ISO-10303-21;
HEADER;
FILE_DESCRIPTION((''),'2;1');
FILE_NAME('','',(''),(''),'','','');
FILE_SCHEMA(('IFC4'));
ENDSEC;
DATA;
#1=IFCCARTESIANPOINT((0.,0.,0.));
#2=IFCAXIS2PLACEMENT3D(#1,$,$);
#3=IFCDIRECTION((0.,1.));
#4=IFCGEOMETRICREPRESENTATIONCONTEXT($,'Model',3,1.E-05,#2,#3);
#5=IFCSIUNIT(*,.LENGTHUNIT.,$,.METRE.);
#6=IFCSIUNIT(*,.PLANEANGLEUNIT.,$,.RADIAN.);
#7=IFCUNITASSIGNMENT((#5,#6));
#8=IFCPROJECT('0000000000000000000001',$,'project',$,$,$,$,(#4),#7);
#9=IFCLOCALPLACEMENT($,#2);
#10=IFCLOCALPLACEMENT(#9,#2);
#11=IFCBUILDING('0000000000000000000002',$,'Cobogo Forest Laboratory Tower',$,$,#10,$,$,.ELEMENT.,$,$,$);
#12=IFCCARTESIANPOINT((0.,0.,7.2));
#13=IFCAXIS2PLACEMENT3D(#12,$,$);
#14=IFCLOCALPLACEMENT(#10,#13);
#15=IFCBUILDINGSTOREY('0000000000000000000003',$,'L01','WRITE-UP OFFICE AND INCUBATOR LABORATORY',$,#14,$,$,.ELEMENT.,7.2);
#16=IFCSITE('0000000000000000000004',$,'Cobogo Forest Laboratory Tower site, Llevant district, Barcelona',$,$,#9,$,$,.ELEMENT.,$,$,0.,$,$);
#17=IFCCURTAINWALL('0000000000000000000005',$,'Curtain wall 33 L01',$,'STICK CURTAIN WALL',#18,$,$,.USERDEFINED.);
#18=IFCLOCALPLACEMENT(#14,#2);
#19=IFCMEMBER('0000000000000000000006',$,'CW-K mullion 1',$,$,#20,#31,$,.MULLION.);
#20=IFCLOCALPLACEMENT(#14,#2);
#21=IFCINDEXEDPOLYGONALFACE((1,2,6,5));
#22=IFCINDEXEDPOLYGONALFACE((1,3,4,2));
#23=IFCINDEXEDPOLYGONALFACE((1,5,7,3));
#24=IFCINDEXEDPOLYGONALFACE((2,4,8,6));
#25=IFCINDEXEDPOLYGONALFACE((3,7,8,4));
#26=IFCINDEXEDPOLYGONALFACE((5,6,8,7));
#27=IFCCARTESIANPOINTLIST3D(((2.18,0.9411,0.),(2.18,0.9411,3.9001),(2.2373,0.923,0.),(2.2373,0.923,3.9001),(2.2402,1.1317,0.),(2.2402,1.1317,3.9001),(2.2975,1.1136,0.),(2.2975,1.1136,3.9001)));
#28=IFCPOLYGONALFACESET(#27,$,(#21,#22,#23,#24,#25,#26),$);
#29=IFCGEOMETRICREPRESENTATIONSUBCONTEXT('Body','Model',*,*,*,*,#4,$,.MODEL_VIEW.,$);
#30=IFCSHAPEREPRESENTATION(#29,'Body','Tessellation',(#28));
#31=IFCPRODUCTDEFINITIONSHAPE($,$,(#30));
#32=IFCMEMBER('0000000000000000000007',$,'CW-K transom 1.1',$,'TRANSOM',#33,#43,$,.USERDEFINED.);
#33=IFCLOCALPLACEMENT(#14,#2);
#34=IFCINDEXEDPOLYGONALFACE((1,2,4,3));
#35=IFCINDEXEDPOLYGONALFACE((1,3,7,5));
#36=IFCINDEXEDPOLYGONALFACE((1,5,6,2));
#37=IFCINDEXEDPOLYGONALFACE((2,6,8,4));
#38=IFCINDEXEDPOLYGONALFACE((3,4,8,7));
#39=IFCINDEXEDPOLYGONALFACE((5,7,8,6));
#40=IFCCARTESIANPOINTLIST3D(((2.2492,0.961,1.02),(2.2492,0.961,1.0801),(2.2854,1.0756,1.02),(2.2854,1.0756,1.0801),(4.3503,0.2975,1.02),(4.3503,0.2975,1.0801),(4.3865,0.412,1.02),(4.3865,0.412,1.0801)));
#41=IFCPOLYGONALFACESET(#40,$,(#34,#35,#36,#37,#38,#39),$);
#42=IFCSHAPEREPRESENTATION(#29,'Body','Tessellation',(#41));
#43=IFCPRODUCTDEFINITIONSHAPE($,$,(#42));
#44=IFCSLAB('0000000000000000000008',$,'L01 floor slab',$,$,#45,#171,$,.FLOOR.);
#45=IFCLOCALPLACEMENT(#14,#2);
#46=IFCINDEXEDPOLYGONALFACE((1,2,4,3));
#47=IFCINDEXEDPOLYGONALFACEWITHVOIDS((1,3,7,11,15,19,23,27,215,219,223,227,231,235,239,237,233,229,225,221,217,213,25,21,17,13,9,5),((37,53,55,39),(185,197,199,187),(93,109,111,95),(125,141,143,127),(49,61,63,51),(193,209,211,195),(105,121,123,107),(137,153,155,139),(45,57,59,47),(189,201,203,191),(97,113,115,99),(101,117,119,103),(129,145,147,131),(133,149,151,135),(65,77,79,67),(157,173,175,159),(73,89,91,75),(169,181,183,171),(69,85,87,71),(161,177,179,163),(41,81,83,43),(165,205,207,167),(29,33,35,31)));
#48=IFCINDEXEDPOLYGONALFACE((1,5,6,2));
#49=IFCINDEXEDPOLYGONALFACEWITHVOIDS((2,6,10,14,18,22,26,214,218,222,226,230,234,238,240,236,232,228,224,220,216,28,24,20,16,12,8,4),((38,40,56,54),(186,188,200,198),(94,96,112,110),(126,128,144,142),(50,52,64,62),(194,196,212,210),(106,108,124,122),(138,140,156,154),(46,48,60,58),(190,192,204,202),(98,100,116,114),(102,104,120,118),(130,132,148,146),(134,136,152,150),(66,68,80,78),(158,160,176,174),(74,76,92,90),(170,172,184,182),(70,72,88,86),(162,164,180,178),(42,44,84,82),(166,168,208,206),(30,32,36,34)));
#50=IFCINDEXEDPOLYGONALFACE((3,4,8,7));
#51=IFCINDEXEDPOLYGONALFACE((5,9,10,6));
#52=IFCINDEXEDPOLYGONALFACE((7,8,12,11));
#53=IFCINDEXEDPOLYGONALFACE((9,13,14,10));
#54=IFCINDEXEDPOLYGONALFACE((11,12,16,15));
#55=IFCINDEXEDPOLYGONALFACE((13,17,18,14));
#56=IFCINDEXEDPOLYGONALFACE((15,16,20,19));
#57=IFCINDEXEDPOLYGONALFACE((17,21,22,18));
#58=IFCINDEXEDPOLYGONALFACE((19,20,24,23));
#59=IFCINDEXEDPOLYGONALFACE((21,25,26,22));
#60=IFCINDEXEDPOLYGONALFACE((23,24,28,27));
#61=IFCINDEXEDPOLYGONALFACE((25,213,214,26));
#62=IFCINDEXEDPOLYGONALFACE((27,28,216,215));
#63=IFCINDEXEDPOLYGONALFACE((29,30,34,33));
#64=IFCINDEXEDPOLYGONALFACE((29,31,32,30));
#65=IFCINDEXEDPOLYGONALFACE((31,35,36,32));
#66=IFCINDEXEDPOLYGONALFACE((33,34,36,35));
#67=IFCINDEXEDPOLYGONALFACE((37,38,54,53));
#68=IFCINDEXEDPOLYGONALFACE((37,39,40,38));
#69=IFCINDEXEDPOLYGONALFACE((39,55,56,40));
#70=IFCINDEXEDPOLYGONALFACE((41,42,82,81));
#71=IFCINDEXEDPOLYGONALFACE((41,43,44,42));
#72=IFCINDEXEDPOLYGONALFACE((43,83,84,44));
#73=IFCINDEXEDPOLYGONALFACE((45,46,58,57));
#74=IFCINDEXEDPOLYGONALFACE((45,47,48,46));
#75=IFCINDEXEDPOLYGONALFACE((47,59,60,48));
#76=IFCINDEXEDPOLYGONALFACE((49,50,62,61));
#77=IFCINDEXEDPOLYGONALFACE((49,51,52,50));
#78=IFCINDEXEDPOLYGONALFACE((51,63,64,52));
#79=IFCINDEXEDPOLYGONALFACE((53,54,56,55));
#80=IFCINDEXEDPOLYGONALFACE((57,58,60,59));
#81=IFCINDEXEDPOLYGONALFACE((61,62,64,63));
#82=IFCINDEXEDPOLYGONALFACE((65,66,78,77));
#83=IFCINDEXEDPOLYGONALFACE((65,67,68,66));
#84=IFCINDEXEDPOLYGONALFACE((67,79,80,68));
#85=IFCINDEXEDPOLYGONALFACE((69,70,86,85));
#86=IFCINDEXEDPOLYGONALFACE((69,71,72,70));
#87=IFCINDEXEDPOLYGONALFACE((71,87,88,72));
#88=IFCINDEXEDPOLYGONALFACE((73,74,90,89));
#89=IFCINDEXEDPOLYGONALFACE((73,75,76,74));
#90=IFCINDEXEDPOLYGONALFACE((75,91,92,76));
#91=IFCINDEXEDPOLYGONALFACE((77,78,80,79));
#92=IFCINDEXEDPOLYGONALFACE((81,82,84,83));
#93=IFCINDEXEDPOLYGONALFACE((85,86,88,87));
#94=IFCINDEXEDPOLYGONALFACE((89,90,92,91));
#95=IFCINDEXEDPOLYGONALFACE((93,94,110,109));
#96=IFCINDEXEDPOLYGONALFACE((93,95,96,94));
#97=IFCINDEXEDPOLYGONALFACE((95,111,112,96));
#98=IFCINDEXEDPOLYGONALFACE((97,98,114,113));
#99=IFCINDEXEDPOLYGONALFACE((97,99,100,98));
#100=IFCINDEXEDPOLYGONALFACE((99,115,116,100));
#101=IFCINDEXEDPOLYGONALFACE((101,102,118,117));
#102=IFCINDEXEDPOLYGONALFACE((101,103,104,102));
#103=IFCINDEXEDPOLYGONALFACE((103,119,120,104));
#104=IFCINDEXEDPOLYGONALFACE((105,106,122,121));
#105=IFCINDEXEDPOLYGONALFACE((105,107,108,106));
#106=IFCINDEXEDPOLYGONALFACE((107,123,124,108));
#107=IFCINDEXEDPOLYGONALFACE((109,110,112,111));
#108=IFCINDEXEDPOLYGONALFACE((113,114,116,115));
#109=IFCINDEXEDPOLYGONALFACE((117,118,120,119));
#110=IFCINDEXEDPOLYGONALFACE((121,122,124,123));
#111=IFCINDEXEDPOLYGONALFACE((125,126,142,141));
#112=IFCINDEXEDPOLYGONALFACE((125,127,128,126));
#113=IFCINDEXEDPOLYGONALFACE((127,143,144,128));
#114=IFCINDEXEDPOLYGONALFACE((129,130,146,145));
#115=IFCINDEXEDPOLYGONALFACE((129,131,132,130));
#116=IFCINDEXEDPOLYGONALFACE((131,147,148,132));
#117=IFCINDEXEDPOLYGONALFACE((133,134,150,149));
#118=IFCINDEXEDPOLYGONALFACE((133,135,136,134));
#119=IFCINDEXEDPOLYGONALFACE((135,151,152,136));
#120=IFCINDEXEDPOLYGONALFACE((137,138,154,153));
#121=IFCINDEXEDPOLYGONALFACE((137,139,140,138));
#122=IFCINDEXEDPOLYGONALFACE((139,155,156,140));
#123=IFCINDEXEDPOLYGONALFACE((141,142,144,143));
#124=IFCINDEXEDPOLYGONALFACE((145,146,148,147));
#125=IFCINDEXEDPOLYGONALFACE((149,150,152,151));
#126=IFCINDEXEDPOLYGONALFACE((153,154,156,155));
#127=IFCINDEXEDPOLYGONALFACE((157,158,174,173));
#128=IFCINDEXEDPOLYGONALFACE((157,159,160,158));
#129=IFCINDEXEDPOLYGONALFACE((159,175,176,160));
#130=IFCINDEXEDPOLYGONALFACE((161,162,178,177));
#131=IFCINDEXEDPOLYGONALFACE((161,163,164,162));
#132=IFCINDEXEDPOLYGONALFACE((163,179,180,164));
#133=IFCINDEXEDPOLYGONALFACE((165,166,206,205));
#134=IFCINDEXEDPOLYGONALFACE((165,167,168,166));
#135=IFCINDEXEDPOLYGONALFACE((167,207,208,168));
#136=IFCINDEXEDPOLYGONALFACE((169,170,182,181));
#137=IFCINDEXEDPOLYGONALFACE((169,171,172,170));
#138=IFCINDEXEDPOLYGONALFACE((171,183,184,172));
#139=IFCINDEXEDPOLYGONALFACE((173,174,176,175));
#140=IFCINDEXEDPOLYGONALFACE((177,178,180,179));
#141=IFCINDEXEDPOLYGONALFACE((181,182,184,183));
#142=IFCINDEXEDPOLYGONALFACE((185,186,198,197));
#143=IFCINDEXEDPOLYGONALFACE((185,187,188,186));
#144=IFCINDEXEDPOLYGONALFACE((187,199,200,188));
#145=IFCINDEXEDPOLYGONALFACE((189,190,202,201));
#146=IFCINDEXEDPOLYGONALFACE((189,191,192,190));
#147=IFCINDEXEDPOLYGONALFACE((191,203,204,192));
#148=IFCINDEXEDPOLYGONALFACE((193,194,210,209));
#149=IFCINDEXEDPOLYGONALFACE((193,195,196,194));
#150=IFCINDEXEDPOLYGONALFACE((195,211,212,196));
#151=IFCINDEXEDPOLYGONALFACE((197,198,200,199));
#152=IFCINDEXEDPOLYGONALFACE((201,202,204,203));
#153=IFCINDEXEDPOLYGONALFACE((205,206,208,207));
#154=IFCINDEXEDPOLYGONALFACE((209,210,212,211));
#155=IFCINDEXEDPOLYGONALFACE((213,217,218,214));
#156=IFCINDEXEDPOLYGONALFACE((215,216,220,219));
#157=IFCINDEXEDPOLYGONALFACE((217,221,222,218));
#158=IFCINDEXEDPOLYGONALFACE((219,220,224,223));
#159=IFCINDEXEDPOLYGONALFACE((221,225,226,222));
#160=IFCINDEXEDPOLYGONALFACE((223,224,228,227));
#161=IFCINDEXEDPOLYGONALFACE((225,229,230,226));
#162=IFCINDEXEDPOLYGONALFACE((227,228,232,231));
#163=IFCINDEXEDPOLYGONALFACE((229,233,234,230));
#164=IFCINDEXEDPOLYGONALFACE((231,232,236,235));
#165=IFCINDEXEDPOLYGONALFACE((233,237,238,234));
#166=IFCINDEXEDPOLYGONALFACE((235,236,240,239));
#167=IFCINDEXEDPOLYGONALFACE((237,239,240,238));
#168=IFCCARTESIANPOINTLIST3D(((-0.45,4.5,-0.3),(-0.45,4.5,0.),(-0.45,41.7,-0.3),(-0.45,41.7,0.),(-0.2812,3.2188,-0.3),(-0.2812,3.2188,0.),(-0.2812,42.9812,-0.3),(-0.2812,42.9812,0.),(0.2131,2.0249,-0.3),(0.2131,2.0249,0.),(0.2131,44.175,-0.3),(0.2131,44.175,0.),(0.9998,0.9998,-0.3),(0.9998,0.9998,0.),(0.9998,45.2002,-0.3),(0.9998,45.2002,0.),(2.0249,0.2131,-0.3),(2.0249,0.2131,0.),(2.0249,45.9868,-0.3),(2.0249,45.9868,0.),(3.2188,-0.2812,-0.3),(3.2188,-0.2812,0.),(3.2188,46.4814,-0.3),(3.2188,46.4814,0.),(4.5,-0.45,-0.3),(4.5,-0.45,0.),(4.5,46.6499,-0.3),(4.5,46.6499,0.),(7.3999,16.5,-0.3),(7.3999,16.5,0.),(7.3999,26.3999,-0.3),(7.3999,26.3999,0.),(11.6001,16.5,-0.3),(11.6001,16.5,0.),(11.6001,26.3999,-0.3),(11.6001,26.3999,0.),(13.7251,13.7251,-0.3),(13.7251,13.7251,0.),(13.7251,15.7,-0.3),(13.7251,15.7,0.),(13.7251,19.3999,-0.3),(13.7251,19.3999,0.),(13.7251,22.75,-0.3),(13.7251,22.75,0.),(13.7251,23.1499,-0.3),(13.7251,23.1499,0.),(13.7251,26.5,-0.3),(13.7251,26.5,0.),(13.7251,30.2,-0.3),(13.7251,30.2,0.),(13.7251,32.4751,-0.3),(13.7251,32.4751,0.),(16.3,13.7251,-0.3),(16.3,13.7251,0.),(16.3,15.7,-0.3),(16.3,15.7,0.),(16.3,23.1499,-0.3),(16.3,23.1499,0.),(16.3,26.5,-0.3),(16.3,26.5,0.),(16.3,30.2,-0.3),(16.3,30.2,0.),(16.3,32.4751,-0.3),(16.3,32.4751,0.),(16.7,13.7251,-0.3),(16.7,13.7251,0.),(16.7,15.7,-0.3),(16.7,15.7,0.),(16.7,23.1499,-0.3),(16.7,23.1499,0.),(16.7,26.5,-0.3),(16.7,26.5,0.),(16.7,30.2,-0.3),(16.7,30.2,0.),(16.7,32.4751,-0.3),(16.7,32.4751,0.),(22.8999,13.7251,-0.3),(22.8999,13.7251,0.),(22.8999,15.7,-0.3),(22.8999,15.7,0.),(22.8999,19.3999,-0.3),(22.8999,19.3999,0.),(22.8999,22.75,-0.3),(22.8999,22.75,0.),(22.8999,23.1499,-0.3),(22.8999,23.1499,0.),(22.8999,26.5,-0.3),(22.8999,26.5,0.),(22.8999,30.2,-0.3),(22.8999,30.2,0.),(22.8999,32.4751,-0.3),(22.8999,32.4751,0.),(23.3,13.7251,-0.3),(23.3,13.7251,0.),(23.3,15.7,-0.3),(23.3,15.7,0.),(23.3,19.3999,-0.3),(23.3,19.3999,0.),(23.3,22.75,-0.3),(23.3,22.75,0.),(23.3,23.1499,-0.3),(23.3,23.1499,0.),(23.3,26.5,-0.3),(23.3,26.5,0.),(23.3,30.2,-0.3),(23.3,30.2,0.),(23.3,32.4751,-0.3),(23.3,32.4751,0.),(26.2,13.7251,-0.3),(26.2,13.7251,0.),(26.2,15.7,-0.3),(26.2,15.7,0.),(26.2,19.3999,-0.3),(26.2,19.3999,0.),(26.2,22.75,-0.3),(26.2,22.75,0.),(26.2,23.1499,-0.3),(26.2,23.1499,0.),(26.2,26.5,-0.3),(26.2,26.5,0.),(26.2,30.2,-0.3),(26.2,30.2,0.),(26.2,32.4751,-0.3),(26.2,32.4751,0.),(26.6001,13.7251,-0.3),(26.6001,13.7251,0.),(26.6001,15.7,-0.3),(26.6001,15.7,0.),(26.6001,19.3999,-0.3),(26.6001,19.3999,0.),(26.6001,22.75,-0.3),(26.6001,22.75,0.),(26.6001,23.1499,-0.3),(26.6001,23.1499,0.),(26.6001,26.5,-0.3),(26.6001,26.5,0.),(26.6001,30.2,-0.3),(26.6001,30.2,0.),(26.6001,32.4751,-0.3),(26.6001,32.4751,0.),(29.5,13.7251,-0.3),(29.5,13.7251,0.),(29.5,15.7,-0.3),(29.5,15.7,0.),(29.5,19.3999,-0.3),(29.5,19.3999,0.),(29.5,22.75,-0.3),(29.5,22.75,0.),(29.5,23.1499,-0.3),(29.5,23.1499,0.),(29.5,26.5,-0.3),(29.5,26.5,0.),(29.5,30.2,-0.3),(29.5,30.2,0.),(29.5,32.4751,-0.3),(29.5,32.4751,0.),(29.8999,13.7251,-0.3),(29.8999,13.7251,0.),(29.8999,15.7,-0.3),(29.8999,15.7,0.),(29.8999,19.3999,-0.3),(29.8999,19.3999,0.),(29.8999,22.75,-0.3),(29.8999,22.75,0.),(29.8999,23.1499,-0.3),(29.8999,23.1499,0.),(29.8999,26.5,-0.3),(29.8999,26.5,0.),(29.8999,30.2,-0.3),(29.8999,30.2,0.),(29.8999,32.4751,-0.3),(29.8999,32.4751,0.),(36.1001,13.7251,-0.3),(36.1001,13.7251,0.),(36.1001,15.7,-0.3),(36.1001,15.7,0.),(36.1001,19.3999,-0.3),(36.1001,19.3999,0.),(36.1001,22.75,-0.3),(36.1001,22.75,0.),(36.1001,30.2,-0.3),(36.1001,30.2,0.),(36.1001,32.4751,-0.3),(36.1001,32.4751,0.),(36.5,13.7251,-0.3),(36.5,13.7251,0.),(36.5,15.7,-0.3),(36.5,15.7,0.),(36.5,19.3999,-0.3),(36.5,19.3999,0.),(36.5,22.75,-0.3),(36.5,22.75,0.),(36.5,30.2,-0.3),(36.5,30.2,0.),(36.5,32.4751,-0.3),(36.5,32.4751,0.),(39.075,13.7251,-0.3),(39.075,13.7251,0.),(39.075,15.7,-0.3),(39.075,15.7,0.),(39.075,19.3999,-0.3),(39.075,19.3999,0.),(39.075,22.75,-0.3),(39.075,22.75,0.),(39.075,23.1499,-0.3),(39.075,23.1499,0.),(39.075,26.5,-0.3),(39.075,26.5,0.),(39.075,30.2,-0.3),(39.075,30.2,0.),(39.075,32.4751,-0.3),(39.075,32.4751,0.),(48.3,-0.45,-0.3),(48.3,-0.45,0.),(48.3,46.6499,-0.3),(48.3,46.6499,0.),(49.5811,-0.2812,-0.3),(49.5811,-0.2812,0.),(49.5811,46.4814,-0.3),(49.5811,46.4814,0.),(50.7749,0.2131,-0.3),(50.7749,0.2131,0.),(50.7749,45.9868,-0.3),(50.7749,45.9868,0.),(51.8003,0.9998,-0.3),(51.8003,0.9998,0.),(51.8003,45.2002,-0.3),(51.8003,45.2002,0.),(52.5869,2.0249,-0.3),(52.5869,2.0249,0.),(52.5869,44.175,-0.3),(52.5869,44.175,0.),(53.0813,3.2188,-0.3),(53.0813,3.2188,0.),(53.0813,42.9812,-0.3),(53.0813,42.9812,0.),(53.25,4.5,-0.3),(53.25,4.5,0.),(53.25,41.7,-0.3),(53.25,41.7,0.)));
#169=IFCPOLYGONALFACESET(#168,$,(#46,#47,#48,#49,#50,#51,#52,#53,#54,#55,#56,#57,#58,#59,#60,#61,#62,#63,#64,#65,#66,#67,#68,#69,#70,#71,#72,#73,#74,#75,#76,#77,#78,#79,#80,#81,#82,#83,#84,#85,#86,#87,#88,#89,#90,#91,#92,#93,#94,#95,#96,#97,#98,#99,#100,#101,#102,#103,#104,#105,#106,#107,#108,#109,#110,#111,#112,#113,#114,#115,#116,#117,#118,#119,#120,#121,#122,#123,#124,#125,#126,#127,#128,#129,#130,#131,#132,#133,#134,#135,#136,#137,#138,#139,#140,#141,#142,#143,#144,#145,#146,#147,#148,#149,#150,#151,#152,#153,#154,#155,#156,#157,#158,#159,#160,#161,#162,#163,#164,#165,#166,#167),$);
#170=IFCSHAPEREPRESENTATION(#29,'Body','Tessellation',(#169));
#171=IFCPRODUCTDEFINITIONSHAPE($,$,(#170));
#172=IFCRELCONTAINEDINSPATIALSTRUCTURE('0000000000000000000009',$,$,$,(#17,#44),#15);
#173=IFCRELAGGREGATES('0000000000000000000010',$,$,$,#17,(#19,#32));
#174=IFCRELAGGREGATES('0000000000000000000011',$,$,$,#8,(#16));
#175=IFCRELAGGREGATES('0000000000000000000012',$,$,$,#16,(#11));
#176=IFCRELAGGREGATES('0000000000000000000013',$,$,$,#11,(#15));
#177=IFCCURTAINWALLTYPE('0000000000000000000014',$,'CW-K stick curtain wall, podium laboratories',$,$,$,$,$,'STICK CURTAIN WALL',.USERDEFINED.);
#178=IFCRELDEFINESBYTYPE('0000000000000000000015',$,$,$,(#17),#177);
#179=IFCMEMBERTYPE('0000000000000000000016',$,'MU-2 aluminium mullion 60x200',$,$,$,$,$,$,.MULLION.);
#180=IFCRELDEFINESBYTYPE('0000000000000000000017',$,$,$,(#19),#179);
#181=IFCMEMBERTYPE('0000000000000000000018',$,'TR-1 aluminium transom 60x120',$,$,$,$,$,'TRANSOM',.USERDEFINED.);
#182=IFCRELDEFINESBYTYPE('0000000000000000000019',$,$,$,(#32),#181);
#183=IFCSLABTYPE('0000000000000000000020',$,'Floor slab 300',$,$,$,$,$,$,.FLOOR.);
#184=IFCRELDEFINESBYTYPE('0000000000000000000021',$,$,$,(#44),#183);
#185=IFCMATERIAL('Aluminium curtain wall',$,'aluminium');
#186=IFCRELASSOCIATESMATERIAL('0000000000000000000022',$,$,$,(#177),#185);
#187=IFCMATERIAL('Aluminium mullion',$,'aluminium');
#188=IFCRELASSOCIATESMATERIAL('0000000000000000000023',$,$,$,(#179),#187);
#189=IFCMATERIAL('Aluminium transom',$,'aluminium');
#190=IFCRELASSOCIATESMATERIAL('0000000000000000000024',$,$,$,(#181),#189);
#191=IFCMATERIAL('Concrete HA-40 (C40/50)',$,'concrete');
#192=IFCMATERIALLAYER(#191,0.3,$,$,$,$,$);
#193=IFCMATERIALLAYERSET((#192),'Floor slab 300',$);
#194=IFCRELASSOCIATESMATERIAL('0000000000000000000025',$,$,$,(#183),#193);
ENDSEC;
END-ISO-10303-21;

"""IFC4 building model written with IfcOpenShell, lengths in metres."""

from ifc_helpers import new_model, si_unit, direction, frame, origin, origin_2d, place, context, subcontext, project, spatial, polyline, rectangle, outline, extrude, material, layer, layer_set, material_profile, profile_set, type_object, element, aggregate, save


model = new_model("IFC4")

# Units and contexts
model_context = context("Model", 3, precision=1e-05, world=origin(), true_north=direction((0.0, 1.0)))
body_context = subcontext(model_context, "Body", "Model", "MODEL_VIEW")
ifc_project = project(units=[si_unit("LENGTHUNIT", "METRE"), si_unit("PLANEANGLEUNIT", "RADIAN")], contexts=[model_context])

# Site, building, storey
site_placement = place(None, origin())
site = spatial("IfcSite", under=ifc_project, at=site_placement, Name="Cobogo Forest Laboratory Tower site, Llevant district, Barcelona", CompositionType="ELEMENT", RefElevation=0.0)
building_placement = place(site_placement, origin())
building = spatial("IfcBuilding", under=site, at=building_placement, Name="Cobogo Forest Laboratory Tower", CompositionType="ELEMENT")
storey_placement = place(building_placement, frame((0.0, 0.0, 7.2)))
storey = spatial("IfcBuildingStorey", under=building, at=storey_placement, Name="L01", Description="WRITE-UP OFFICE AND INCUBATOR LABORATORY", CompositionType="ELEMENT", Elevation=7.2)

# Curtain wall, members
ifc_material_1 = material(Name="Aluminium curtain wall", Category="aluminium")
curtain_wall_type = type_object("IfcCurtainWallType", Name="CW-K stick curtain wall, podium laboratories", ElementType="STICK CURTAIN WALL", PredefinedType="USERDEFINED", material=ifc_material_1)
curtain_wall_placement = place(storey_placement, origin())
curtain_wall = element("IfcCurtainWall", 1, at=curtain_wall_placement, inside=storey, type_object=curtain_wall_type, Name="Curtain wall 33 L01", ObjectType="STICK CURTAIN WALL", PredefinedType="USERDEFINED")
ifc_material_2 = material(Name="Aluminium mullion", Category="aluminium")
ifc_material_profile_1 = material_profile(ifc_material_2, rectangle(XDim=0.0601, YDim=0.2, at=origin_2d()), Name="AL 60x200")
ifc_profile_set_1 = profile_set([ifc_material_profile_1], Name="Aluminium mullion")
member_type_1 = type_object("IfcMemberType", Name="MU-2 aluminium mullion 60x200", PredefinedType="MULLION", material=ifc_profile_set_1)
member_1_placement = place(storey_placement, frame((2.2388, 1.0273, 0.0), z_axis=(0.0, 0.0, 1.0), x_axis=(0.953581, -0.301135, 0.0)))
member_1 = element("IfcMember", 2, at=member_1_placement, type_object=member_type_1, Name="CW-K mullion 1", PredefinedType="MULLION", context=body_context, shape_type="SweptSolid", body=[
    extrude(rectangle(XDim=0.0601, YDim=0.2, at=origin_2d()), origin(), (0.0, 0.0, 1.0), 3.9001),
])
ifc_material_3 = material(Name="Aluminium transom", Category="aluminium")
ifc_material_profile_2 = material_profile(ifc_material_3, rectangle(XDim=0.1201, YDim=0.0601, at=origin_2d()), Name="AL 60x120")
ifc_profile_set_2 = profile_set([ifc_material_profile_2], Name="Aluminium transom")
member_type_2 = type_object("IfcMemberType", Name="TR-1 aluminium transom 60x120", ElementType="TRANSOM", PredefinedType="USERDEFINED", material=ifc_profile_set_2)
member_2_placement = place(storey_placement, frame((2.2673, 1.0183, 1.05), z_axis=(0.953573, -0.301163, 0.0), x_axis=(0.301163, 0.953573, 0.0)))
member_2 = element("IfcMember", 3, at=member_2_placement, type_object=member_type_2, Name="CW-K transom 1.1", ObjectType="TRANSOM", PredefinedType="USERDEFINED", context=body_context, shape_type="SweptSolid", body=[
    extrude(rectangle(XDim=0.1201, YDim=0.0601, at=origin_2d()), origin(), (0.0, 0.0, 1.0), 2.2034),
])
aggregate(curtain_wall, [member_1, member_2])

# Slab
ifc_material_4 = material(Name="Concrete HA-40 (C40/50)", Category="concrete")
ifc_layer_1 = layer(ifc_material_4, 0.3)
ifc_layer_set_1 = layer_set([ifc_layer_1], Name="Floor slab 300")
slab_type_1 = type_object("IfcSlabType", Name="Floor slab 300", PredefinedType="FLOOR", material=ifc_layer_set_1)
slab_1_placement = place(storey_placement, frame((0.0, 0.0, -0.3)))
element("IfcSlab", 4, at=slab_1_placement, inside=storey, type_object=slab_type_1, Name="L01 floor slab", PredefinedType="FLOOR", context=body_context, shape_type="SweptSolid", body=[
    extrude(outline(polyline([(48.3, -0.45), (49.5811, -0.2812), (50.7749, 0.2131), (51.8003, 0.9998), (52.5869, 2.0249), (53.0813, 3.2188), (53.25, 4.5), (53.25, 41.7), (53.0813, 42.9812), (52.5869, 44.175), (51.8003, 45.2002), (50.7749, 45.9868), (49.5811, 46.4814), (48.3, 46.6499), (4.5, 46.6499), (3.2188, 46.4814), (2.0249, 45.9868), (0.9998, 45.2002), (0.2131, 44.175), (-0.2812, 42.9812), (-0.45, 41.7), (-0.45, 4.5), (-0.2812, 3.2188), (0.2131, 2.0249), (0.9998, 0.9998), (2.0249, 0.2131), (3.2188, -0.2812), (4.5, -0.45), (48.3, -0.45)]), holes=[polyline([(16.3, 13.7251), (13.7251, 13.7251), (13.7251, 15.7), (16.3, 15.7), (16.3, 13.7251)]), polyline([(22.8999, 15.7), (22.8999, 13.7251), (16.7, 13.7251), (16.7, 15.7), (22.8999, 15.7)]), polyline([(23.3, 13.7251), (23.3, 15.7), (26.2, 15.7), (26.2, 13.7251), (23.3, 13.7251)]), polyline([(26.6001, 13.7251), (26.6001, 15.7), (29.5, 15.7), (29.5, 13.7251), (26.6001, 13.7251)]), polyline([(36.1001, 15.7), (36.1001, 13.7251), (29.8999, 13.7251), (29.8999, 15.7), (36.1001, 15.7)]), polyline([(36.5, 13.7251), (36.5, 15.7), (39.075, 15.7), (39.075, 13.7251), (36.5, 13.7251)]), polyline([(7.3999, 16.5), (7.3999, 26.3999), (11.6001, 26.3999), (11.6001, 16.5), (7.3999, 16.5)]), polyline([(13.7251, 19.3999), (13.7251, 22.75), (22.8999, 22.75), (22.8999, 19.3999), (13.7251, 19.3999)]), polyline([(23.3, 19.3999), (23.3, 22.75), (26.2, 22.75), (26.2, 19.3999), (23.3, 19.3999)]), polyline([(26.6001, 19.3999), (26.6001, 22.75), (29.5, 22.75), (29.5, 19.3999), (26.6001, 19.3999)]), polyline([(29.8999, 19.3999), (29.8999, 22.75), (36.1001, 22.75), (36.1001, 19.3999), (29.8999, 19.3999)]), polyline([(36.5, 19.3999), (36.5, 22.75), (39.075, 22.75), (39.075, 19.3999), (36.5, 19.3999)]), polyline([(16.3, 23.1499), (13.7251, 23.1499), (13.7251, 26.5), (16.3, 26.5), (16.3, 23.1499)]), polyline([(22.8999, 26.5), (22.8999, 23.1499), (16.7, 23.1499), (16.7, 26.5), (22.8999, 26.5)]), polyline([(23.3, 23.1499), (23.3, 26.5), (26.2, 26.5), (26.2, 23.1499), (23.3, 23.1499)]), polyline([(26.6001, 23.1499), (26.6001, 26.5), (29.5, 26.5), (29.5, 23.1499), (26.6001, 23.1499)]), polyline([(29.8999, 23.1499), (29.8999, 26.5), (39.075, 26.5), (39.075, 23.1499), (29.8999, 23.1499)]), polyline([(13.7251, 30.2), (13.7251, 32.4751), (16.3, 32.4751), (16.3, 30.2), (13.7251, 30.2)]), polyline([(22.8999, 32.4751), (22.8999, 30.2), (16.7, 30.2), (16.7, 32.4751), (22.8999, 32.4751)]), polyline([(26.2, 30.2), (23.3, 30.2), (23.3, 32.4751), (26.2, 32.4751), (26.2, 30.2)]), polyline([(26.6001, 30.2), (26.6001, 32.4751), (29.5, 32.4751), (29.5, 30.2), (26.6001, 30.2)]), polyline([(36.1001, 32.4751), (36.1001, 30.2), (29.8999, 30.2), (29.8999, 32.4751), (36.1001, 32.4751)]), polyline([(36.5, 30.2), (36.5, 32.4751), (39.075, 32.4751), (39.075, 30.2), (36.5, 30.2)])]), origin(), (0.0, 0.0, 1.0), 0.3),
])

save(model, "model.ifc")
